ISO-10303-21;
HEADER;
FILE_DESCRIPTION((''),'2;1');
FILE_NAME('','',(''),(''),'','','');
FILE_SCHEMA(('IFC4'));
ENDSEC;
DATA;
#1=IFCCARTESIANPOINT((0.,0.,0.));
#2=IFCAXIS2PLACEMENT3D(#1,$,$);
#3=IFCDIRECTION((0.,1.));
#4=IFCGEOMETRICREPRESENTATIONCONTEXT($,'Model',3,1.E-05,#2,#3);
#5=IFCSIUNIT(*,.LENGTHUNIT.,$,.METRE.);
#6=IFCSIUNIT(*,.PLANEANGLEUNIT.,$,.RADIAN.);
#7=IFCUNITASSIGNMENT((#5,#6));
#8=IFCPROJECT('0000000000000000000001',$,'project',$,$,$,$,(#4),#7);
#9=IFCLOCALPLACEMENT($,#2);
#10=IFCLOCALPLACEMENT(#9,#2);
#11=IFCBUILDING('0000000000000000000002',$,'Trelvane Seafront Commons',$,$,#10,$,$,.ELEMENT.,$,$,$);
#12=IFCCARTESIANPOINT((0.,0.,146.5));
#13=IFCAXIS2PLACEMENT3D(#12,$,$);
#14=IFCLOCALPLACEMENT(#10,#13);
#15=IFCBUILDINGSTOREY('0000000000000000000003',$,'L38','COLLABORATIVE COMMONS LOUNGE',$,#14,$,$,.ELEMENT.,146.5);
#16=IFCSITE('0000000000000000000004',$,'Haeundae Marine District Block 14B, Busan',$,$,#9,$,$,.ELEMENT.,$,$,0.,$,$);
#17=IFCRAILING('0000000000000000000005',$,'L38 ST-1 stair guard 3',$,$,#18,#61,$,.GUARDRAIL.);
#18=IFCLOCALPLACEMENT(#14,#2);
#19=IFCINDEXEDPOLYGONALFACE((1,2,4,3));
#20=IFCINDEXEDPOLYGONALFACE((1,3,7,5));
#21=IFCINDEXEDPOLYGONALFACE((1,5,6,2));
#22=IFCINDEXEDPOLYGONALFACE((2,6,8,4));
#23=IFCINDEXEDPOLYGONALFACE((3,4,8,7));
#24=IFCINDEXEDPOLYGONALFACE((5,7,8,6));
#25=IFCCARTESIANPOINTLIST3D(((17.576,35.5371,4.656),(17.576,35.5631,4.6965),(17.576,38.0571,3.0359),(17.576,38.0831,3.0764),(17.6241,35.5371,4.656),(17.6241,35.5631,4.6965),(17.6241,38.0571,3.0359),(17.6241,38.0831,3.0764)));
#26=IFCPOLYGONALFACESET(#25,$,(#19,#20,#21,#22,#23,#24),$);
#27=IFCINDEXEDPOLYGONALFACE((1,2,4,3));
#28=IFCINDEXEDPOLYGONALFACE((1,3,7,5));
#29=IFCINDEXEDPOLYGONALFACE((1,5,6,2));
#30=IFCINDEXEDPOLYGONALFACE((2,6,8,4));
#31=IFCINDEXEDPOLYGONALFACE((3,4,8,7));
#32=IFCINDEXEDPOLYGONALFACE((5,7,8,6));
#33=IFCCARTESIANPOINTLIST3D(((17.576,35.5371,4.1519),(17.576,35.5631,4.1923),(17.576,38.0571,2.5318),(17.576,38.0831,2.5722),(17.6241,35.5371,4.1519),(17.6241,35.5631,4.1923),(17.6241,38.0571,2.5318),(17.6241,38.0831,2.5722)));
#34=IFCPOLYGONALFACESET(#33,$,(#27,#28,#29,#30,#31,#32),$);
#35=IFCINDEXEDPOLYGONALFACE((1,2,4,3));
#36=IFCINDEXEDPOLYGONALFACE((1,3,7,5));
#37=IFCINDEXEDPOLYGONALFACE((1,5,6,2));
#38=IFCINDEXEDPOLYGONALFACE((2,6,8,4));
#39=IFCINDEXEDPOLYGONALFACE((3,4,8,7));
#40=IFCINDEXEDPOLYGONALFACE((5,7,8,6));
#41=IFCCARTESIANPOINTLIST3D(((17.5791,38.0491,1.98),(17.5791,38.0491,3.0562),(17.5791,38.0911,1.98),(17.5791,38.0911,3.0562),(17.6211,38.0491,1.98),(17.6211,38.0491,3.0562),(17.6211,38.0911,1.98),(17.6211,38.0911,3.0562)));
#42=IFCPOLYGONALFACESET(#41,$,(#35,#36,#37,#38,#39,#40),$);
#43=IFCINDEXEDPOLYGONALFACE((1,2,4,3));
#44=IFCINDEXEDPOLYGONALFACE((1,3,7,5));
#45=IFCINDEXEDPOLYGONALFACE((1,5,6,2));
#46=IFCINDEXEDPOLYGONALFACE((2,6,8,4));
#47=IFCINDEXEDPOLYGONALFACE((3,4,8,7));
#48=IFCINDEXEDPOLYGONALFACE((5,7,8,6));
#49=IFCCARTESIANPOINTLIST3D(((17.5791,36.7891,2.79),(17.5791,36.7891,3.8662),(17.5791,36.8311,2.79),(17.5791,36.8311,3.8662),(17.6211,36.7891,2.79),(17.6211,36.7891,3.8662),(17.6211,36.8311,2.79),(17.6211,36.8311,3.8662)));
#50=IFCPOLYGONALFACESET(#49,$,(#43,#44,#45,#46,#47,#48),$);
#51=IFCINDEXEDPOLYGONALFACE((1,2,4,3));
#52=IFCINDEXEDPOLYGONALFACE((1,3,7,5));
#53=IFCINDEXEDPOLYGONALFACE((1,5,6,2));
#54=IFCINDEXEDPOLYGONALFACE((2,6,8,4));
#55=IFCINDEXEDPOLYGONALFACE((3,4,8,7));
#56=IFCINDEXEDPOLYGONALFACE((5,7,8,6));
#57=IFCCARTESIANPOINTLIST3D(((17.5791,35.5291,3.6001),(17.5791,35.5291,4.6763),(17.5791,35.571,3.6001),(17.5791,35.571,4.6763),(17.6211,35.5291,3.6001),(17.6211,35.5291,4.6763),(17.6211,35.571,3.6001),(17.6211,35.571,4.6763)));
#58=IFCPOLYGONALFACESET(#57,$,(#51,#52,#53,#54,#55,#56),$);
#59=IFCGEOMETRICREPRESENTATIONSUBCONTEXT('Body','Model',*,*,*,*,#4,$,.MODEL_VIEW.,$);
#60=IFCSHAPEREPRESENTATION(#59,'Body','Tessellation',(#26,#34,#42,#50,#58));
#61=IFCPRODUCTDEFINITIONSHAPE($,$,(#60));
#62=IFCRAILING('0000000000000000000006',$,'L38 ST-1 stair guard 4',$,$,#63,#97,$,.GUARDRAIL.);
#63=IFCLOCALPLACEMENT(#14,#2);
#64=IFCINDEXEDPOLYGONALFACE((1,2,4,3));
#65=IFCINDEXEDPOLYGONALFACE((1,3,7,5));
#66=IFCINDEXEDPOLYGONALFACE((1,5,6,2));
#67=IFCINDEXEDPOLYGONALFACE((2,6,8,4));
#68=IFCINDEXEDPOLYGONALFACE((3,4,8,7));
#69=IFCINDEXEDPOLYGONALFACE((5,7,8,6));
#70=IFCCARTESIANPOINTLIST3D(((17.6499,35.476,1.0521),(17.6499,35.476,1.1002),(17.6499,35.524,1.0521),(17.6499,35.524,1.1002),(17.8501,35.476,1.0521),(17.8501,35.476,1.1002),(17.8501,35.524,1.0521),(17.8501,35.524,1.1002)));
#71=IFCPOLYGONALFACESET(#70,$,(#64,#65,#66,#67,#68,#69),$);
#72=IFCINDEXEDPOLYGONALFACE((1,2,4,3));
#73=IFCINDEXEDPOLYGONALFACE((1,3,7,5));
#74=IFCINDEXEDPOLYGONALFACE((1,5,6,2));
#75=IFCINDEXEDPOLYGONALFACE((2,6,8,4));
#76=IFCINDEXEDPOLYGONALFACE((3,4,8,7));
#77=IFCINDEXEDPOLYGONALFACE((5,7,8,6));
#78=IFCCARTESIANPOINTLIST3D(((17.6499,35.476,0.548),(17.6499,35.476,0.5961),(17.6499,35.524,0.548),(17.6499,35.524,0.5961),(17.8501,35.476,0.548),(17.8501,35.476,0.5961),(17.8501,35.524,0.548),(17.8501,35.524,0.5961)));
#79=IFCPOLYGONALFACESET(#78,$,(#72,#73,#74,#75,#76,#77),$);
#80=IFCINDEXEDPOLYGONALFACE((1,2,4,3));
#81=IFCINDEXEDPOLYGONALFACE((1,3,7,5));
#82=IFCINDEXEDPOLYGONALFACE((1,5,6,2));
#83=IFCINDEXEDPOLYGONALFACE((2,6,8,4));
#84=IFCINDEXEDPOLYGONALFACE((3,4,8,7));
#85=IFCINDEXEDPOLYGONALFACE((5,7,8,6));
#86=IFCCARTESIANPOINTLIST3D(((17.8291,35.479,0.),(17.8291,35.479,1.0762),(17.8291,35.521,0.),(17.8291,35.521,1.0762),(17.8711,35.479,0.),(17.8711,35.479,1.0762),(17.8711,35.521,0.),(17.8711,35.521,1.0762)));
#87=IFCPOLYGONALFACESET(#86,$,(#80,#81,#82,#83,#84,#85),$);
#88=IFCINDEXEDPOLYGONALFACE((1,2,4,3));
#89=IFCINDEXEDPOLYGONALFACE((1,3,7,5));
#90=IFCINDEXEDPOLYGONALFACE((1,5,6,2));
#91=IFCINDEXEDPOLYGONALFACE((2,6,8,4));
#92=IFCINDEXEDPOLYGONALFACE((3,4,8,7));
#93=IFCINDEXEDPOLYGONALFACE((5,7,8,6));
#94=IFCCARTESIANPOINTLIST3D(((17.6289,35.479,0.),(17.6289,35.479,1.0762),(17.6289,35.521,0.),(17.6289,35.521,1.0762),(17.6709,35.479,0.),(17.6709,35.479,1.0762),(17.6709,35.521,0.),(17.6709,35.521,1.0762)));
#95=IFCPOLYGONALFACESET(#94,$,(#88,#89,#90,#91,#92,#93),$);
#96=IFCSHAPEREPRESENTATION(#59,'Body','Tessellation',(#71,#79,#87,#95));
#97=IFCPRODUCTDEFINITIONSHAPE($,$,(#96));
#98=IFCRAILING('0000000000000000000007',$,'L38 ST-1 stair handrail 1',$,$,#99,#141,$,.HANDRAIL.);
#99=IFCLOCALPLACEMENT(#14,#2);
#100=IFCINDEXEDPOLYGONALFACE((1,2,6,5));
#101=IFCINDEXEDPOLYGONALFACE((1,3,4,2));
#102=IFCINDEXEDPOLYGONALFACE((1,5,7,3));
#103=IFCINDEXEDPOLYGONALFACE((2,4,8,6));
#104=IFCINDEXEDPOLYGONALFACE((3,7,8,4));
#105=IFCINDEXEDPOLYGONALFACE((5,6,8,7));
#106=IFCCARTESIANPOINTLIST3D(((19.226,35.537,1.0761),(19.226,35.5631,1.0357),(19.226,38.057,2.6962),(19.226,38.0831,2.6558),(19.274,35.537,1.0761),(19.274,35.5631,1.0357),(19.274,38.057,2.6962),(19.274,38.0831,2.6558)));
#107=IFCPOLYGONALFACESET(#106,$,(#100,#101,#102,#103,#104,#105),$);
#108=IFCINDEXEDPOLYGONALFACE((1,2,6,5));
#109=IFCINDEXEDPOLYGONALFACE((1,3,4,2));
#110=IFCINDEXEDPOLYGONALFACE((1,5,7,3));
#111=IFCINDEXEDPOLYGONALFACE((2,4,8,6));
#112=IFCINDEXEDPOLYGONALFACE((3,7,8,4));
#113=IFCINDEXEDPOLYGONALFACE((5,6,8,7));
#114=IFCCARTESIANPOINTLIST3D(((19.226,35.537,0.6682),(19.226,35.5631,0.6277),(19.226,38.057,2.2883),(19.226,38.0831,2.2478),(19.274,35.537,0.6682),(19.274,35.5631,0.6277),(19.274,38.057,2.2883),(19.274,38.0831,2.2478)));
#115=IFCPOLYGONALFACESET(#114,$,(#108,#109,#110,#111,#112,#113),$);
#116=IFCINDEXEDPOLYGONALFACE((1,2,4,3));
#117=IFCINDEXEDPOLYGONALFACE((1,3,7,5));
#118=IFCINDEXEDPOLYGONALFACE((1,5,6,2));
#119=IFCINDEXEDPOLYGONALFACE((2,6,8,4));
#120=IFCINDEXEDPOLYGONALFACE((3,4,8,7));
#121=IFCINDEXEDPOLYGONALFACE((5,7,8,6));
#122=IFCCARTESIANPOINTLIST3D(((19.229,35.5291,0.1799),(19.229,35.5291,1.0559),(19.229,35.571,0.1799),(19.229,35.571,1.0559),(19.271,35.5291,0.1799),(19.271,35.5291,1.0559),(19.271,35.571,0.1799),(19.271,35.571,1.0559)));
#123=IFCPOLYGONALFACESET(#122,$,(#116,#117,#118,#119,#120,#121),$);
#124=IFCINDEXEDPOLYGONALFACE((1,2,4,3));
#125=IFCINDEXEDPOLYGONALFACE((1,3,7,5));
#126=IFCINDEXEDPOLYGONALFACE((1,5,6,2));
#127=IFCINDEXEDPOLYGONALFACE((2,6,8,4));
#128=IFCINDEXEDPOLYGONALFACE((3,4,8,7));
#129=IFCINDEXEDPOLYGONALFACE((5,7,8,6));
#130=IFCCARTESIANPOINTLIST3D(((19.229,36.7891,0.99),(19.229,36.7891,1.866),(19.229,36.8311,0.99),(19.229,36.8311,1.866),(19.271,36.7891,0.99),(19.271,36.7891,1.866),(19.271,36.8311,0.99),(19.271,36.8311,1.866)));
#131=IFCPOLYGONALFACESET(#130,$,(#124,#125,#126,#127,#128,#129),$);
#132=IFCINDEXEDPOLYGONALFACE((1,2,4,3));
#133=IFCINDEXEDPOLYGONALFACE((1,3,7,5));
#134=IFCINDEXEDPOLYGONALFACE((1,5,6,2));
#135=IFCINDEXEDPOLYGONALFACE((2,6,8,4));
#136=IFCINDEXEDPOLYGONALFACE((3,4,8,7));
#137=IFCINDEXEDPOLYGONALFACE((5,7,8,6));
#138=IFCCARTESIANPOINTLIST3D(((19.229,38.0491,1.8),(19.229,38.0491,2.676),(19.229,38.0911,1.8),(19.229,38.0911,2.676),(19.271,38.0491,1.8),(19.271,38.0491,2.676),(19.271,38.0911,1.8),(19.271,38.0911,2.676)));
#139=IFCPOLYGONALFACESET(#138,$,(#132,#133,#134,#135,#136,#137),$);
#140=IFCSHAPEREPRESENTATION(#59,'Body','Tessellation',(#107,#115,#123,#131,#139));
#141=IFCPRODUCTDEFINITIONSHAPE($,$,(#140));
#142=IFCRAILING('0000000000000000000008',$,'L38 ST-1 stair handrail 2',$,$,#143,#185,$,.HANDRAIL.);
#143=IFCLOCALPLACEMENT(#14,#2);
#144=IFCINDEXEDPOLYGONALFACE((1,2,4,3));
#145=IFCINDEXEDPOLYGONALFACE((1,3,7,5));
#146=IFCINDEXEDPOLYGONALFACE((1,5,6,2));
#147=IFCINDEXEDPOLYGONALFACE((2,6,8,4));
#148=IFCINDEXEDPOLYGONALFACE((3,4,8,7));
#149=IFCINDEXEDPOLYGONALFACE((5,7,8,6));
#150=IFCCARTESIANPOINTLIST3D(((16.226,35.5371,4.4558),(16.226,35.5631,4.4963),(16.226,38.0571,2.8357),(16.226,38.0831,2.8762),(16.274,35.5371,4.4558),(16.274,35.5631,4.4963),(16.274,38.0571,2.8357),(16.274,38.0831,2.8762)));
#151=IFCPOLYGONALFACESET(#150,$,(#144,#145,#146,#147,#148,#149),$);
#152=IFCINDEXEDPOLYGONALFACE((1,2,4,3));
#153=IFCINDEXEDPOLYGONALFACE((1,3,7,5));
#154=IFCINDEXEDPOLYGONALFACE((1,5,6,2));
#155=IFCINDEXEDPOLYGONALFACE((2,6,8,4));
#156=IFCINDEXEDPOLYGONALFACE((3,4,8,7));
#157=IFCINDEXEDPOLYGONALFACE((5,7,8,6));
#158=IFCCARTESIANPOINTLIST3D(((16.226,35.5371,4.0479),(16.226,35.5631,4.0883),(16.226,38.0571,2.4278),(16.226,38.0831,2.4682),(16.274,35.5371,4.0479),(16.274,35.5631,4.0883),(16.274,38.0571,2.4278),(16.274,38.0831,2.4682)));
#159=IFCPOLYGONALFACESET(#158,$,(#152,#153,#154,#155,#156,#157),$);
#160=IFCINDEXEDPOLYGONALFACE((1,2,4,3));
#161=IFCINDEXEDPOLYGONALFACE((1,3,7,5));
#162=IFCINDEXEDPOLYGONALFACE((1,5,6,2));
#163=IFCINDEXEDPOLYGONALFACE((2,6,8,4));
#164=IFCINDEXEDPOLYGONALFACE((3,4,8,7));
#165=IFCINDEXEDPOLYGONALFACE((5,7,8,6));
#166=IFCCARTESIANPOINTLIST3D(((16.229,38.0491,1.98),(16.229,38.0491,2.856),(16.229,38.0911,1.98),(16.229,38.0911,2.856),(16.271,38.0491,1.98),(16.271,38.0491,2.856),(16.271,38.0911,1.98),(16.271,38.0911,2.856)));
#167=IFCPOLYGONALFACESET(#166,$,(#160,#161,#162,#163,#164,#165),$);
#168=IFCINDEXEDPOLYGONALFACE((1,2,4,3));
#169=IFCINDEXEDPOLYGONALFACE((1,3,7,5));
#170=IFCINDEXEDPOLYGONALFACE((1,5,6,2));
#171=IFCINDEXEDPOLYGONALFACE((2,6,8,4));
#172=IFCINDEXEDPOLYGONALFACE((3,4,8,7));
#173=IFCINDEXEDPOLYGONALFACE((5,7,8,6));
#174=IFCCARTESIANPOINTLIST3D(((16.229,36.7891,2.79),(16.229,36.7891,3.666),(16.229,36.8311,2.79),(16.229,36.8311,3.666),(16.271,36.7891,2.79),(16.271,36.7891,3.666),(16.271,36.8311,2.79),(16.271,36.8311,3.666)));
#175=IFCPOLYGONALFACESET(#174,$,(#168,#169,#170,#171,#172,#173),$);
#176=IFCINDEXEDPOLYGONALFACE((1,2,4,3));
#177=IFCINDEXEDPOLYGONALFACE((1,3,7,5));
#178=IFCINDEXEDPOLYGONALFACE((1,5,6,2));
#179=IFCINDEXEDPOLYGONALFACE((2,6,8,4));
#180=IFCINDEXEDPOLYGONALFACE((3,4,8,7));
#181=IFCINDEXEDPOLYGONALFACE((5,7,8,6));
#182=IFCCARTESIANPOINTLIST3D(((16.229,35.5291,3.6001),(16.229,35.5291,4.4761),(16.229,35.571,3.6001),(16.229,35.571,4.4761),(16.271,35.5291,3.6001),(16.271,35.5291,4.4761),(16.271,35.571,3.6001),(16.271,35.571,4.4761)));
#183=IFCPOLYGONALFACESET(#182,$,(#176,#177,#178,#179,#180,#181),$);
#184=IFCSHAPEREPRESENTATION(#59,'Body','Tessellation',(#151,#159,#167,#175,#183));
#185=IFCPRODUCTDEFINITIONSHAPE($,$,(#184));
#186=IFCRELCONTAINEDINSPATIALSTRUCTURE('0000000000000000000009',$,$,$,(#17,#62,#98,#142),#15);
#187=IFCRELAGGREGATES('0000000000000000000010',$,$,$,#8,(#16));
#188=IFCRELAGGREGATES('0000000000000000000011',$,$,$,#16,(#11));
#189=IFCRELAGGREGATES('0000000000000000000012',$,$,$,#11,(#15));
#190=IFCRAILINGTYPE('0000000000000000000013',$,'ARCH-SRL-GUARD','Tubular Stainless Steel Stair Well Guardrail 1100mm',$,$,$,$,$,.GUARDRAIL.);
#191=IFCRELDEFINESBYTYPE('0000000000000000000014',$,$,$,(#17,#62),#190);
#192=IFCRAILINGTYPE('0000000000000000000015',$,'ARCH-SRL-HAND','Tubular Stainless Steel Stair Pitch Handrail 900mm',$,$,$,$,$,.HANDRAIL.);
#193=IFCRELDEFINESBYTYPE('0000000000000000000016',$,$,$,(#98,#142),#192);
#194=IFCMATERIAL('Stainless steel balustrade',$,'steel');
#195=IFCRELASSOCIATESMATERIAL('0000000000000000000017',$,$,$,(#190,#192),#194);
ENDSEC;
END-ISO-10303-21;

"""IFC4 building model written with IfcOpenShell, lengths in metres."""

from ifc_helpers import new_model, si_unit, direction, frame, origin, origin_2d, place, context, subcontext, project, spatial, rectangle, extrude, material, type_object, element, save


model = new_model("IFC4")

# Units and contexts
model_context = context("Model", 3, precision=1e-05, world=origin(), true_north=direction((0.0, 1.0)))
body_context = subcontext(model_context, "Body", "Model", "MODEL_VIEW")
ifc_project = project(units=[si_unit("LENGTHUNIT", "METRE"), si_unit("PLANEANGLEUNIT", "RADIAN")], contexts=[model_context])

# Site, building, storey
site_placement = place(None, origin())
site = spatial("IfcSite", under=ifc_project, at=site_placement, Name="Haeundae Marine District Block 14B, Busan", CompositionType="ELEMENT", RefElevation=0.0)
building_placement = place(site_placement, origin())
building = spatial("IfcBuilding", under=site, at=building_placement, Name="Trelvane Seafront Commons", CompositionType="ELEMENT")
storey_placement = place(building_placement, frame((0.0, 0.0, 146.5)))
storey = spatial("IfcBuildingStorey", under=building, at=storey_placement, Name="L38", Description="COLLABORATIVE COMMONS LOUNGE", CompositionType="ELEMENT", Elevation=146.5)

# Shared definitions
ifc_material_1 = material(Name="Stainless steel balustrade", Category="steel")

# Railings
railing_type_1 = type_object("IfcRailingType", Name="ARCH-SRL-GUARD", Description="Tubular Stainless Steel Stair Well Guardrail 1100mm", PredefinedType="GUARDRAIL", material=ifc_material_1)
railing_1_placement = place(storey_placement, frame((17.6001, 38.0701, 1.98)))
element("IfcRailing", 1, at=railing_1_placement, inside=storey, type_object=railing_type_1, Name="L38 ST-1 stair guard 3", PredefinedType="GUARDRAIL", context=body_context, shape_type="SweptSolid", body=[
    extrude(rectangle(XDim=0.0481, YDim=0.0481, at=origin_2d()), frame((0.0, 0.0, 1.0762), z_axis=(0.0, -0.841163, 0.540782), x_axis=(1.0, 0.0, 0.0)), (0.0, 0.0, 1.0), 2.9958),
    extrude(rectangle(XDim=0.0481, YDim=0.0481, at=origin_2d()), frame((0.0, 0.0, 0.572), z_axis=(0.0, -0.841163, 0.540782), x_axis=(1.0, 0.0, 0.0)), (0.0, 0.0, 1.0), 2.9958),
    extrude(rectangle(XDim=0.042, YDim=0.042, at=origin_2d()), origin(), (0.0, 0.0, 1.0), 1.0762),
    extrude(rectangle(XDim=0.042, YDim=0.042, at=origin_2d()), frame((0.0, -1.26, 0.8101)), (0.0, 0.0, 1.0), 1.0762),
    extrude(rectangle(XDim=0.042, YDim=0.042, at=origin_2d()), frame((0.0, -2.52, 1.6201)), (0.0, 0.0, 1.0), 1.0762),
])
railing_2_placement = place(storey_placement, frame((17.8501, 35.5, 0.0)))
element("IfcRailing", 2, at=railing_2_placement, inside=storey, type_object=railing_type_1, Name="L38 ST-1 stair guard 4", PredefinedType="GUARDRAIL", context=body_context, shape_type="SweptSolid", body=[
    extrude(rectangle(XDim=0.0481, YDim=0.0481, at=origin_2d()), frame((0.0, 0.0, 1.0762), z_axis=(-1.0, 0.0, 0.0), x_axis=(0.0, -1.0, 0.0)), (0.0, 0.0, 1.0), 0.2002),
    extrude(rectangle(XDim=0.0481, YDim=0.0481, at=origin_2d()), frame((0.0, 0.0, 0.572), z_axis=(-1.0, 0.0, 0.0), x_axis=(0.0, -1.0, 0.0)), (0.0, 0.0, 1.0), 0.2002),
    extrude(rectangle(XDim=0.042, YDim=0.042, at=origin_2d()), origin(), (0.0, 0.0, 1.0), 1.0762),
    extrude(rectangle(XDim=0.042, YDim=0.042, at=origin_2d()), frame((-0.2002, 0.0, 0.0)), (0.0, 0.0, 1.0), 1.0762),
])
railing_type_2 = type_object("IfcRailingType", Name="ARCH-SRL-HAND", Description="Tubular Stainless Steel Stair Pitch Handrail 900mm", PredefinedType="HANDRAIL", material=ifc_material_1)
railing_3_placement = place(storey_placement, frame((19.25, 35.55, 0.1799)))
element("IfcRailing", 3, at=railing_3_placement, inside=storey, type_object=railing_type_2, Name="L38 ST-1 stair handrail 1", PredefinedType="HANDRAIL", context=body_context, shape_type="SweptSolid", body=[
    extrude(rectangle(XDim=0.0481, YDim=0.0481, at=origin_2d()), frame((0.0, 0.0, 0.876), z_axis=(0.0, 0.841163, 0.540782), x_axis=(-1.0, 0.0, 0.0)), (0.0, 0.0, 1.0), 2.9958),
    extrude(rectangle(XDim=0.0481, YDim=0.0481, at=origin_2d()), frame((0.0, 0.0, 0.468), z_axis=(0.0, 0.841163, 0.540782), x_axis=(-1.0, 0.0, 0.0)), (0.0, 0.0, 1.0), 2.9958),
    extrude(rectangle(XDim=0.042, YDim=0.042, at=origin_2d()), origin(), (0.0, 0.0, 1.0), 0.876),
    extrude(rectangle(XDim=0.042, YDim=0.042, at=origin_2d()), frame((0.0, 1.26, 0.8101)), (0.0, 0.0, 1.0), 0.876),
    extrude(rectangle(XDim=0.042, YDim=0.042, at=origin_2d()), frame((0.0, 2.52, 1.6201)), (0.0, 0.0, 1.0), 0.876),
])
railing_4_placement = place(storey_placement, frame((16.25, 38.0701, 1.98)))
element("IfcRailing", 4, at=railing_4_placement, inside=storey, type_object=railing_type_2, Name="L38 ST-1 stair handrail 2", PredefinedType="HANDRAIL", context=body_context, shape_type="SweptSolid", body=[
    extrude(rectangle(XDim=0.0481, YDim=0.0481, at=origin_2d()), frame((0.0, 0.0, 0.876), z_axis=(0.0, -0.841163, 0.540782), x_axis=(1.0, 0.0, 0.0)), (0.0, 0.0, 1.0), 2.9958),
    extrude(rectangle(XDim=0.0481, YDim=0.0481, at=origin_2d()), frame((0.0, 0.0, 0.468), z_axis=(0.0, -0.841163, 0.540782), x_axis=(1.0, 0.0, 0.0)), (0.0, 0.0, 1.0), 2.9958),
    extrude(rectangle(XDim=0.042, YDim=0.042, at=origin_2d()), origin(), (0.0, 0.0, 1.0), 0.876),
    extrude(rectangle(XDim=0.042, YDim=0.042, at=origin_2d()), frame((0.0, -1.26, 0.8101)), (0.0, 0.0, 1.0), 0.876),
    extrude(rectangle(XDim=0.042, YDim=0.042, at=origin_2d()), frame((0.0, -2.52, 1.6201)), (0.0, 0.0, 1.0), 0.876),
])

save(model, "model.ifc")
